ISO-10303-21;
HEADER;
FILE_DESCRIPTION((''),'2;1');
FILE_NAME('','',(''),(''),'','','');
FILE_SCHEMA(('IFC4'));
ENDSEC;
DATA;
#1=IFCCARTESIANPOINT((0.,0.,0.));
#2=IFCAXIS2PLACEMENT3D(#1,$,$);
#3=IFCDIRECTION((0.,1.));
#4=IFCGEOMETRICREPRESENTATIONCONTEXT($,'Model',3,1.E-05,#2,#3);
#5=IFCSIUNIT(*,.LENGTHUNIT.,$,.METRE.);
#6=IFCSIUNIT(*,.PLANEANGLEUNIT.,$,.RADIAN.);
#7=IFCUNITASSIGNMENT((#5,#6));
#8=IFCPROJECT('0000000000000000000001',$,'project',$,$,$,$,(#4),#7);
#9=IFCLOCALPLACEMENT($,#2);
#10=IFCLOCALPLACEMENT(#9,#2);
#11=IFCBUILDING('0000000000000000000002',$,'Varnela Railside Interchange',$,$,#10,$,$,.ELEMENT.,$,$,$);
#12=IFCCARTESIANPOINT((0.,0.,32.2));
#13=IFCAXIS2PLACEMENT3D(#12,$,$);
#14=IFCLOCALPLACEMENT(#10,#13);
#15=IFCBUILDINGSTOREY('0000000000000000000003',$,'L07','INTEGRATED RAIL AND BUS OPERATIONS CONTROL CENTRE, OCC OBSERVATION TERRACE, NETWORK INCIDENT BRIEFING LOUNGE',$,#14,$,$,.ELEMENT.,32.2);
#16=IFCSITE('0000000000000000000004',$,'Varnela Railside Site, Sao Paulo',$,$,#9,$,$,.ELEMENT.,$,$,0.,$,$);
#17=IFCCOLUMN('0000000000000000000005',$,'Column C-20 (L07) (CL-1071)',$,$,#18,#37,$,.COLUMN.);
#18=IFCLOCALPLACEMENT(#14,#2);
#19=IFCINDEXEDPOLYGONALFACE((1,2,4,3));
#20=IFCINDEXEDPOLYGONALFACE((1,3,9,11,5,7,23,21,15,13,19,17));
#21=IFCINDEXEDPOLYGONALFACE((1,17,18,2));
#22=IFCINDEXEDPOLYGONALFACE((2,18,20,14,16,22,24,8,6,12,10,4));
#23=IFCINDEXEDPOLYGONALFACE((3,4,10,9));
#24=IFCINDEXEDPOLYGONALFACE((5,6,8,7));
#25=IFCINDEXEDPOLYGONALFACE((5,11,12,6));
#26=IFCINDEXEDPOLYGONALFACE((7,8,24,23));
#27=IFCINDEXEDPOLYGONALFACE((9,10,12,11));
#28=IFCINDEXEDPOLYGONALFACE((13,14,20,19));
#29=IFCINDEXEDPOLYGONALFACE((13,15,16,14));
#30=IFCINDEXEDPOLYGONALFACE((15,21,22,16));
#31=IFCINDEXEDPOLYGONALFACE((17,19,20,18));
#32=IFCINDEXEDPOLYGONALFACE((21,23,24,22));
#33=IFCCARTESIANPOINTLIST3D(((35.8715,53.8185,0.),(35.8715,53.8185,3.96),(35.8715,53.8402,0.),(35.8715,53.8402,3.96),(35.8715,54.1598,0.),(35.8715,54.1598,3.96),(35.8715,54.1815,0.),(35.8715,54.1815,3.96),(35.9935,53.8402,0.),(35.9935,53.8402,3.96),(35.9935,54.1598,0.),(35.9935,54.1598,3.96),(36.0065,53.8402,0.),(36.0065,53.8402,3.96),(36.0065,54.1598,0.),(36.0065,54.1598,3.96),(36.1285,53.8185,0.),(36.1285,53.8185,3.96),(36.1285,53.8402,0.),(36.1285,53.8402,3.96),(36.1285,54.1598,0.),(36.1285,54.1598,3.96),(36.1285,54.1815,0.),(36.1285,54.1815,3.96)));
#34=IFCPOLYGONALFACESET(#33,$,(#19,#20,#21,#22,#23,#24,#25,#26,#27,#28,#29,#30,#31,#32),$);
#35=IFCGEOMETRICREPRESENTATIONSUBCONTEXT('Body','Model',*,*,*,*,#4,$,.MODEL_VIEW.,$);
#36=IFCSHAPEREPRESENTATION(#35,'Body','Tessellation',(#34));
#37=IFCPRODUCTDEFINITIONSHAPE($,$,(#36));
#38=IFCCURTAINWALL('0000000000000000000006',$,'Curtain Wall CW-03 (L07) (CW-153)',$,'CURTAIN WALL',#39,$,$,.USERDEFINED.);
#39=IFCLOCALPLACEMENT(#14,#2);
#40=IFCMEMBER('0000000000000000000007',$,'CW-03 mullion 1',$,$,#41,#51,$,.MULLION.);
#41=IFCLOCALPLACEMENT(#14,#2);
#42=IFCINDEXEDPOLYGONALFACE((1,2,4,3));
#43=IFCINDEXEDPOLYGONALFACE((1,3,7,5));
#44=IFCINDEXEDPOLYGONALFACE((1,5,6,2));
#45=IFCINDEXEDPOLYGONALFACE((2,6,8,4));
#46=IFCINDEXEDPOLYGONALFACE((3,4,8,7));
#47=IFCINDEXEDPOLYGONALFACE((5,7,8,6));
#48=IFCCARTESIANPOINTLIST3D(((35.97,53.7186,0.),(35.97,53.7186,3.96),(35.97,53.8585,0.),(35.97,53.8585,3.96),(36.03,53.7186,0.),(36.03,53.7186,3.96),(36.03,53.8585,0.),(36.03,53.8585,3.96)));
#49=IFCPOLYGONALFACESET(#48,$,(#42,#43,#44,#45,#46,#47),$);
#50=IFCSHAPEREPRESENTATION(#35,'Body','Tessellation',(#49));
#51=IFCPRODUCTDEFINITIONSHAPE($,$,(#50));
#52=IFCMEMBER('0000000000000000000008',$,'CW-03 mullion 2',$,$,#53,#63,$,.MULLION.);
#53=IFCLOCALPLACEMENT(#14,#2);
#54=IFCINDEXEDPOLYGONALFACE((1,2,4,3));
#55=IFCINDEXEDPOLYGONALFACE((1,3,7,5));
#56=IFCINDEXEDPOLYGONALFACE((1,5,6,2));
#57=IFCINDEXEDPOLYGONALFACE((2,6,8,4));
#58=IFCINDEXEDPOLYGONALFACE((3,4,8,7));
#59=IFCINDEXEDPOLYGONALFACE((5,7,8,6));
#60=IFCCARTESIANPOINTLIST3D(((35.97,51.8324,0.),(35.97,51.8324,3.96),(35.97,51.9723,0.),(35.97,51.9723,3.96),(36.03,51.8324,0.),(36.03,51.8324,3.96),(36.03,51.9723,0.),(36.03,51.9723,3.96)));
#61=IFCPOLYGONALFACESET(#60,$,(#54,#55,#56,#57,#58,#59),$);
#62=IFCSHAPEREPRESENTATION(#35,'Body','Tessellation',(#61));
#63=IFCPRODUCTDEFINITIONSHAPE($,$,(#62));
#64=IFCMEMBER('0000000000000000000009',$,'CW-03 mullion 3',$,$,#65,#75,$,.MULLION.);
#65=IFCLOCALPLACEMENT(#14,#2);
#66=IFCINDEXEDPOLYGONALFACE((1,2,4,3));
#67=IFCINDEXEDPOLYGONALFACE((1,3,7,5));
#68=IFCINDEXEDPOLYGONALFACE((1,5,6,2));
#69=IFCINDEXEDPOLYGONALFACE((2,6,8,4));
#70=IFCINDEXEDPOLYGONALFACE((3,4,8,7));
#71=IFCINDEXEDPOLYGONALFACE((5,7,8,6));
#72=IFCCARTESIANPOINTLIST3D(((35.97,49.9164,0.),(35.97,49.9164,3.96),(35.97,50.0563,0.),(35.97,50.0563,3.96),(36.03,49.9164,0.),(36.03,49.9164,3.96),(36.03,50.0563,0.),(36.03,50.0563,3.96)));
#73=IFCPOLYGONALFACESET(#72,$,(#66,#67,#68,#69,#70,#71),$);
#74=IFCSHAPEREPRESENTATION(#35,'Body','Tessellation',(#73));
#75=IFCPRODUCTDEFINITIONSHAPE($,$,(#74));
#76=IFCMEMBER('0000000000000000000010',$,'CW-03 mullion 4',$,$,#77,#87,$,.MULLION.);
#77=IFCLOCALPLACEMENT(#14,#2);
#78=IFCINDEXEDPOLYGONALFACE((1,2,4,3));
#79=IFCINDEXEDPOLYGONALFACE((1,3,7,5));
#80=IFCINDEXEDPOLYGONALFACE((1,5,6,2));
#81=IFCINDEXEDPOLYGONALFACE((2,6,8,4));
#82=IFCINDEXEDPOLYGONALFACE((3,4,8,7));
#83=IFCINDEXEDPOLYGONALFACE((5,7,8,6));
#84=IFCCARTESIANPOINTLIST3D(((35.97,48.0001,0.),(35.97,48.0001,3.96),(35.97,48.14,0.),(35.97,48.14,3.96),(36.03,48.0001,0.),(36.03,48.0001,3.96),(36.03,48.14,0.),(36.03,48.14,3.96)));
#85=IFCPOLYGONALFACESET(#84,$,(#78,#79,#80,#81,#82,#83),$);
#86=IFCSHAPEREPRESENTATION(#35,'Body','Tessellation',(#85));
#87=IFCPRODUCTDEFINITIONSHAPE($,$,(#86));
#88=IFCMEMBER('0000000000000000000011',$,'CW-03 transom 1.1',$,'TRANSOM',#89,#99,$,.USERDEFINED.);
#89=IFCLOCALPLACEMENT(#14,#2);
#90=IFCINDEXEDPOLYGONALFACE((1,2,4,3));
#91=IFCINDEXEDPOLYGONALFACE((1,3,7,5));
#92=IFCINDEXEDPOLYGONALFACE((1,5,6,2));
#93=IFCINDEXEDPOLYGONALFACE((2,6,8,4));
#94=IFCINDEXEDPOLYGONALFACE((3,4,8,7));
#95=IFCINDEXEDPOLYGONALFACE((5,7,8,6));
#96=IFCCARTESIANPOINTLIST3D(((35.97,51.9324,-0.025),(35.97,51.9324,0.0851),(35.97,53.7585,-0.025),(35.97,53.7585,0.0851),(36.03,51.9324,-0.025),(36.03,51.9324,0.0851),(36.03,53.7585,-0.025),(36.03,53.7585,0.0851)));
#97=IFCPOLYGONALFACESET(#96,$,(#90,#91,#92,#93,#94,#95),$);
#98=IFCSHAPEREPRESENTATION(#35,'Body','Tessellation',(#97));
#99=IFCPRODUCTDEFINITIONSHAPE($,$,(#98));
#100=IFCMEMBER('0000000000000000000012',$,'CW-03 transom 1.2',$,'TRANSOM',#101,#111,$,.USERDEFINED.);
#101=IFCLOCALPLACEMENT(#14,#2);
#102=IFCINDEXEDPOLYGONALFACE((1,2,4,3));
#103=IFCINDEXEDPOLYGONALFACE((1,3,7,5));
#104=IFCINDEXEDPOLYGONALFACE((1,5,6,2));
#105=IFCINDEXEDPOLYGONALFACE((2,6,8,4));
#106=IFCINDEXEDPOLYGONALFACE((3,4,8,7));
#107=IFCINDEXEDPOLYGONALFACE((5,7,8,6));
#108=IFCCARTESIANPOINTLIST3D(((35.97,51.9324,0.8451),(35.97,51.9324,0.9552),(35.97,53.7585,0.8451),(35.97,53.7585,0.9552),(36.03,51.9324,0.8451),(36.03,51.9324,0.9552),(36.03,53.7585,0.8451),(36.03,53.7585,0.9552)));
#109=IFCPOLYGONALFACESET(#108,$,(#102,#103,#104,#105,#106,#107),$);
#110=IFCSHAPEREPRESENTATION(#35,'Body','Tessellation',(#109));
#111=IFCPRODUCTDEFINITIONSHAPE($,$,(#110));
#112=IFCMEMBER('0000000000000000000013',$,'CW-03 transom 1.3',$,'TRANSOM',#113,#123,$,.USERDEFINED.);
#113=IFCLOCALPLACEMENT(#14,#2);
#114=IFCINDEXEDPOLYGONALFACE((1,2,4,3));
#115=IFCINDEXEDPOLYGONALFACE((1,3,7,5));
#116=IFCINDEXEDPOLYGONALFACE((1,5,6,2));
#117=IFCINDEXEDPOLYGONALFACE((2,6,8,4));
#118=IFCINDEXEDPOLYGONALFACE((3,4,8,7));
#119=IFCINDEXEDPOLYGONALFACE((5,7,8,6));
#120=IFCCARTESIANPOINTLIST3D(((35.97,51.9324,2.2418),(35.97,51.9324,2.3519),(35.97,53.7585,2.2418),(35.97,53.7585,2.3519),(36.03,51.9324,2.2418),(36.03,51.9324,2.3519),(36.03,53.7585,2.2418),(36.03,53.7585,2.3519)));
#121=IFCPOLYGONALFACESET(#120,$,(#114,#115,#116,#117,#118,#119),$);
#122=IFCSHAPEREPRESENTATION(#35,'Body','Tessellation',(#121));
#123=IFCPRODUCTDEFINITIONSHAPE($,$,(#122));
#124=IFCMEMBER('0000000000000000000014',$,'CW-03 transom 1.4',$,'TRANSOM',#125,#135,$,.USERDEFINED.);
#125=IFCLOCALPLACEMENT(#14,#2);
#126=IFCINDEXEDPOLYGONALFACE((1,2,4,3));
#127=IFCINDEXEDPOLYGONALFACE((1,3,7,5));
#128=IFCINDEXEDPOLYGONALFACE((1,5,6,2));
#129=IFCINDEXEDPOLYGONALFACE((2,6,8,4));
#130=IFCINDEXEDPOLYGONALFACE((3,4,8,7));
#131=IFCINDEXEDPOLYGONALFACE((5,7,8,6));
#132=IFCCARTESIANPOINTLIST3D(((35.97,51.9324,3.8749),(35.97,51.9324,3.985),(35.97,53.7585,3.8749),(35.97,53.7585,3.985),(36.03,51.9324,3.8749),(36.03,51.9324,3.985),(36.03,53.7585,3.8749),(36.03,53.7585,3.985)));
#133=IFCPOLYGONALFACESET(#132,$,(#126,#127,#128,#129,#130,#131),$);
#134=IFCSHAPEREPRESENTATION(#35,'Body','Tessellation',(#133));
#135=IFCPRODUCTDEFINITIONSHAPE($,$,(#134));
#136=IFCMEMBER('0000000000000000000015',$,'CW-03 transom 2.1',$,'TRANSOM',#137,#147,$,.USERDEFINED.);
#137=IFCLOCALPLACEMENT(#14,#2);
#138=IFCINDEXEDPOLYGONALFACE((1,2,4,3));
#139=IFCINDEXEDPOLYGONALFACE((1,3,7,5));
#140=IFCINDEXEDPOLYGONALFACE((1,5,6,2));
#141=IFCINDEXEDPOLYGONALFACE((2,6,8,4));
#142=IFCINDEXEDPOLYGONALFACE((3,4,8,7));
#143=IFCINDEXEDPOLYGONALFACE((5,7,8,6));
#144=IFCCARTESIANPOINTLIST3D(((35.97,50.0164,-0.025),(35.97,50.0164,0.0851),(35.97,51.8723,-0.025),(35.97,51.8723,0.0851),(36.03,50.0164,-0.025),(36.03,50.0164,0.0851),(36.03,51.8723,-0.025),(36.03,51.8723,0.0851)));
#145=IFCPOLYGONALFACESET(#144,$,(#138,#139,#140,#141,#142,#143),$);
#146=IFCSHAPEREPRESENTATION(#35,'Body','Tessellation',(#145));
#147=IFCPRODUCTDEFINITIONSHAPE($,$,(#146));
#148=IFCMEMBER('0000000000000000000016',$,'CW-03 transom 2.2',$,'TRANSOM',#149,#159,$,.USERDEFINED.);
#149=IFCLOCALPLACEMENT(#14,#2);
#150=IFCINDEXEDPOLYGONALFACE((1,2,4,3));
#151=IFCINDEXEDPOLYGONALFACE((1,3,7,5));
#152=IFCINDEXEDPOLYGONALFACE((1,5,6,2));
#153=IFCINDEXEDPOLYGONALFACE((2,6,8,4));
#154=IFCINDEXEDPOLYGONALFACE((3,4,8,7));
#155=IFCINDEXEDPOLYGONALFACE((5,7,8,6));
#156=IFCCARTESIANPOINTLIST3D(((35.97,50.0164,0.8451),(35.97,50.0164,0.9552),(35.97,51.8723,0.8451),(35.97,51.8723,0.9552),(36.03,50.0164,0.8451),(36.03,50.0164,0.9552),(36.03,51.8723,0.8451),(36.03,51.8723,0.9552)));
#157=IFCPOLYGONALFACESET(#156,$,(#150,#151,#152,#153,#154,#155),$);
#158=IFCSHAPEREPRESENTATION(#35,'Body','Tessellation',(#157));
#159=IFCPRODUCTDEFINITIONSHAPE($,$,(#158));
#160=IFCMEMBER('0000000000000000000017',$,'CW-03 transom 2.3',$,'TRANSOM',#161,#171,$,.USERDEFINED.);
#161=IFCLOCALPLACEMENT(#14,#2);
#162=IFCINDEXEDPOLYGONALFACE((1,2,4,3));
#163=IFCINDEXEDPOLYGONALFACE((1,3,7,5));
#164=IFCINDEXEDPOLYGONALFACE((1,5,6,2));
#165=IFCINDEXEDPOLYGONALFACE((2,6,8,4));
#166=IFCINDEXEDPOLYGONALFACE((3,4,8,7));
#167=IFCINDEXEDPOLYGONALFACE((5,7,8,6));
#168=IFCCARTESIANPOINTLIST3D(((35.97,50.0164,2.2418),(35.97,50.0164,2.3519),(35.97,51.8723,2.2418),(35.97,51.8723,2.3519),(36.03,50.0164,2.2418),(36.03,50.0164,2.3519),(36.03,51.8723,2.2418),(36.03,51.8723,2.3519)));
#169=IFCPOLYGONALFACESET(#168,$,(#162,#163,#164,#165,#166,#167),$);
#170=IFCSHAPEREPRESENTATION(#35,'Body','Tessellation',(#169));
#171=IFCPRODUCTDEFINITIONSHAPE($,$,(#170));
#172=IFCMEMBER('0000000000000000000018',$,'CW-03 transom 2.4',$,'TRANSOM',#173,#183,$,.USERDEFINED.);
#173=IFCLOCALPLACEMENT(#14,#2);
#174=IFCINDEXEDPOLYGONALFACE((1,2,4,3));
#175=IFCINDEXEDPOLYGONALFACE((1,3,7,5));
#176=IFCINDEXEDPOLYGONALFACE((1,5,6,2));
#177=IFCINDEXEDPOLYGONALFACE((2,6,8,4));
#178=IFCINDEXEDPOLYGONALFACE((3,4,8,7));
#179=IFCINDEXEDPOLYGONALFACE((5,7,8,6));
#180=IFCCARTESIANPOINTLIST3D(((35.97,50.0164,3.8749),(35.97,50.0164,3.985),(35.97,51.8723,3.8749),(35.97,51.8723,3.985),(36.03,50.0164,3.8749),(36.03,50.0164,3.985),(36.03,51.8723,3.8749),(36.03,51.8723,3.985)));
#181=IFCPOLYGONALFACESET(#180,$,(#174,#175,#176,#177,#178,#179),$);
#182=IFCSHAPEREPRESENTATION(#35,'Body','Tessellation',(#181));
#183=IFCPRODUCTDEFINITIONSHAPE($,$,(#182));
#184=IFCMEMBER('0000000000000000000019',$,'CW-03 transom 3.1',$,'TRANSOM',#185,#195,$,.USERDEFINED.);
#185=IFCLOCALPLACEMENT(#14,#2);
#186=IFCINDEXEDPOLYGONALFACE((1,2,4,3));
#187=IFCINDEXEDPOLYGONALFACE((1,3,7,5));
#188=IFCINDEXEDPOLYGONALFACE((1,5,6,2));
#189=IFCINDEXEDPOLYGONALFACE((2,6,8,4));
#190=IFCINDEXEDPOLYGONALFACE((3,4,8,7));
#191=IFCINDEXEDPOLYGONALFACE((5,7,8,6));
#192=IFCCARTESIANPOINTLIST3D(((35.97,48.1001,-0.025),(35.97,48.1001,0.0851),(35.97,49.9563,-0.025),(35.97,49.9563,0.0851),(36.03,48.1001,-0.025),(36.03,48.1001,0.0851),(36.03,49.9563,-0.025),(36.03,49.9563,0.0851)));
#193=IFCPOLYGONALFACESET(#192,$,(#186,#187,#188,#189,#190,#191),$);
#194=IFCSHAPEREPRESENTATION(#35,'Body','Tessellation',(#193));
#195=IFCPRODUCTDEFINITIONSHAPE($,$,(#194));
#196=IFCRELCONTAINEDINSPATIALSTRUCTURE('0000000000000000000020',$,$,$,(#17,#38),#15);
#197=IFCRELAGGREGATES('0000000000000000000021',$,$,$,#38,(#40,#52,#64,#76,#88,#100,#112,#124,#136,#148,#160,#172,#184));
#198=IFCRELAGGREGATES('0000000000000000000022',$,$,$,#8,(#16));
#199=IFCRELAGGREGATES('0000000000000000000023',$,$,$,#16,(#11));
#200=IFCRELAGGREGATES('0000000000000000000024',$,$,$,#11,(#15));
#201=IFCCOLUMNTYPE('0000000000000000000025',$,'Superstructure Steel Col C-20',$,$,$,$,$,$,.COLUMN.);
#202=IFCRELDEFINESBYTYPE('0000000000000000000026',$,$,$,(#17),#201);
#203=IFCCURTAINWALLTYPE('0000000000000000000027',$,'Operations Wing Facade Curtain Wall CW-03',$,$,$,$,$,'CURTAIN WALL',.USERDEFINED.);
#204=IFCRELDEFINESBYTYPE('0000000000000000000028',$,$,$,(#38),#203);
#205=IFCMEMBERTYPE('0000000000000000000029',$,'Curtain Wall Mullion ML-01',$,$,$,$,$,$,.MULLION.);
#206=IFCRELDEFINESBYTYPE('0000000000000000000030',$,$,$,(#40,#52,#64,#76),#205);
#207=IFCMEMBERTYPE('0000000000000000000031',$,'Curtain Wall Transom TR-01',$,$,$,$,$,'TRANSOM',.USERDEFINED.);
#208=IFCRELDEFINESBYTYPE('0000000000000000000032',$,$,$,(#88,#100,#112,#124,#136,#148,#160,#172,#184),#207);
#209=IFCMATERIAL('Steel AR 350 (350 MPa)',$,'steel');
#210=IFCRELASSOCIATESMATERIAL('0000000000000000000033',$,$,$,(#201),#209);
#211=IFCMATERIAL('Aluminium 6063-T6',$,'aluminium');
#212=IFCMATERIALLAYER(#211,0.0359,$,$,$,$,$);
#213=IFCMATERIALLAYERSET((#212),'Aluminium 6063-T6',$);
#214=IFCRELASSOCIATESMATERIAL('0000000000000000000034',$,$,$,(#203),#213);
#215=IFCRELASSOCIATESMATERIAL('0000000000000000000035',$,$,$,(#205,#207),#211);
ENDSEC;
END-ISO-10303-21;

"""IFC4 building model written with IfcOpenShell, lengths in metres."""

from ifc_helpers import new_model, si_unit, direction, frame, origin, origin_2d, place, context, subcontext, project, spatial, rectangle, i_section, extrude, material, layer, layer_set, material_profile, profile_set, type_object, element, aggregate, save


model = new_model("IFC4")

# Units and contexts
model_context = context("Model", 3, precision=1e-05, world=origin(), true_north=direction((0.0, 1.0)))
body_context = subcontext(model_context, "Body", "Model", "MODEL_VIEW")
ifc_project = project(units=[si_unit("LENGTHUNIT", "METRE"), si_unit("PLANEANGLEUNIT", "RADIAN")], contexts=[model_context])

# Site, building, storey
site_placement = place(None, origin())
site = spatial("IfcSite", under=ifc_project, at=site_placement, Name="Varnela Railside Site, Sao Paulo", CompositionType="ELEMENT", RefElevation=0.0)
building_placement = place(site_placement, origin())
building = spatial("IfcBuilding", under=site, at=building_placement, Name="Varnela Railside Interchange", CompositionType="ELEMENT")
storey_placement = place(building_placement, frame((0.0, 0.0, 32.2)))
storey = spatial("IfcBuildingStorey", under=building, at=storey_placement, Name="L07", Description="INTEGRATED RAIL AND BUS OPERATIONS CONTROL CENTRE, OCC OBSERVATION TERRACE, NETWORK INCIDENT BRIEFING LOUNGE", CompositionType="ELEMENT", Elevation=32.2)

# Column
ifc_material_1 = material(Name="Steel AR 350 (350 MPa)", Category="steel")
ifc_material_profile_1 = material_profile(ifc_material_1, i_section(OverallWidth=0.2571, OverallDepth=0.363, WebThickness=0.0129, FlangeThickness=0.0217, at=origin_2d()), Name="W360x122")
ifc_profile_set_1 = profile_set([ifc_material_profile_1], Name="Steel AR 350 (350 MPa)")
column_type = type_object("IfcColumnType", Name="Superstructure Steel Col C-20", PredefinedType="COLUMN", material=ifc_profile_set_1)
column_placement = place(storey_placement, frame((36.0, 54.0, 0.0), z_axis=(0.0, 0.0, 1.0), x_axis=(1.0, 0.0, 0.0)))
element("IfcColumn", 1, at=column_placement, inside=storey, type_object=column_type, Name="Column C-20 (L07) (CL-1071)", PredefinedType="COLUMN", context=body_context, shape_type="SweptSolid", body=[
    extrude(i_section(OverallWidth=0.2571, OverallDepth=0.363, WebThickness=0.0129, FlangeThickness=0.0217, at=origin_2d()), origin(), (0.0, 0.0, 1.0), 3.96),
])

# Curtain wall, members
ifc_material_2 = material(Name="Aluminium 6063-T6", Category="aluminium")
ifc_layer_1 = layer(ifc_material_2, 0.0359)
ifc_layer_set_1 = layer_set([ifc_layer_1], Name="Aluminium 6063-T6")
curtain_wall_type = type_object("IfcCurtainWallType", Name="Operations Wing Facade Curtain Wall CW-03", ElementType="CURTAIN WALL", PredefinedType="USERDEFINED", material=ifc_layer_set_1)
curtain_wall_placement = place(storey_placement, origin())
curtain_wall = element("IfcCurtainWall", 2, at=curtain_wall_placement, inside=storey, type_object=curtain_wall_type, Name="Curtain Wall CW-03 (L07) (CW-153)", ObjectType="CURTAIN WALL", PredefinedType="USERDEFINED")
ifc_material_profile_2 = material_profile(ifc_material_2, rectangle(XDim=0.0601, YDim=0.1399, at=origin_2d()), Name="ALU 60x140")
ifc_profile_set_2 = profile_set([ifc_material_profile_2], Name="Aluminium 6063-T6")
member_type_1 = type_object("IfcMemberType", Name="Curtain Wall Mullion ML-01", PredefinedType="MULLION", material=ifc_profile_set_2)
member_1_placement = place(storey_placement, frame((36.0, 53.7886, 0.0), z_axis=(0.0, 0.0, 1.0), x_axis=(1.0, 0.0, 0.0)))
member_1 = element("IfcMember", 3, at=member_1_placement, type_object=member_type_1, Name="CW-03 mullion 1", PredefinedType="MULLION", context=body_context, shape_type="SweptSolid", body=[
    extrude(rectangle(XDim=0.0601, YDim=0.1399, at=origin_2d()), origin(), (0.0, 0.0, 1.0), 3.96),
])
member_2_placement = place(storey_placement, frame((36.0, 51.9023, 0.0), z_axis=(0.0, 0.0, 1.0), x_axis=(1.0, 0.0, 0.0)))
member_2 = element("IfcMember", 4, at=member_2_placement, type_object=member_type_1, Name="CW-03 mullion 2", PredefinedType="MULLION", context=body_context, shape_type="SweptSolid", body=[
    extrude(rectangle(XDim=0.0601, YDim=0.1399, at=origin_2d()), origin(), (0.0, 0.0, 1.0), 3.96),
])
member_3_placement = place(storey_placement, frame((36.0, 49.9863, 0.0), z_axis=(0.0, 0.0, 1.0), x_axis=(1.0, 0.0, 0.0)))
member_3 = element("IfcMember", 5, at=member_3_placement, type_object=member_type_1, Name="CW-03 mullion 3", PredefinedType="MULLION", context=body_context, shape_type="SweptSolid", body=[
    extrude(rectangle(XDim=0.0601, YDim=0.1399, at=origin_2d()), origin(), (0.0, 0.0, 1.0), 3.96),
])
member_4_placement = place(storey_placement, frame((36.0, 48.0701, 0.0), z_axis=(0.0, 0.0, 1.0), x_axis=(1.0, 0.0, 0.0)))
member_4 = element("IfcMember", 6, at=member_4_placement, type_object=member_type_1, Name="CW-03 mullion 4", PredefinedType="MULLION", context=body_context, shape_type="SweptSolid", body=[
    extrude(rectangle(XDim=0.0601, YDim=0.1399, at=origin_2d()), origin(), (0.0, 0.0, 1.0), 3.96),
])
ifc_material_profile_3 = material_profile(ifc_material_2, rectangle(XDim=0.0601, YDim=0.1101, at=origin_2d()), Name="ALU 60x110")
ifc_profile_set_3 = profile_set([ifc_material_profile_3], Name="Aluminium 6063-T6")
member_type_2 = type_object("IfcMemberType", Name="Curtain Wall Transom TR-01", ElementType="TRANSOM", PredefinedType="USERDEFINED", material=ifc_profile_set_3)
member_5_placement = place(storey_placement, frame((36.0, 53.7585, 0.03), z_axis=(0.0, -1.0, 0.0), x_axis=(1.0, 0.0, 0.0)))
member_5 = element("IfcMember", 7, at=member_5_placement, type_object=member_type_2, Name="CW-03 transom 1.1", ObjectType="TRANSOM", PredefinedType="USERDEFINED", context=body_context, shape_type="SweptSolid", body=[
    extrude(rectangle(XDim=0.0601, YDim=0.1101, at=origin_2d()), origin(), (0.0, 0.0, 1.0), 1.8262),
])
member_6_placement = place(storey_placement, frame((36.0, 53.7585, 0.9001), z_axis=(0.0, -1.0, 0.0), x_axis=(1.0, 0.0, 0.0)))
member_6 = element("IfcMember", 8, at=member_6_placement, type_object=member_type_2, Name="CW-03 transom 1.2", ObjectType="TRANSOM", PredefinedType="USERDEFINED", context=body_context, shape_type="SweptSolid", body=[
    extrude(rectangle(XDim=0.0601, YDim=0.1101, at=origin_2d()), origin(), (0.0, 0.0, 1.0), 1.8262),
])
member_7_placement = place(storey_placement, frame((36.0, 53.7585, 2.2969), z_axis=(0.0, -1.0, 0.0), x_axis=(1.0, 0.0, 0.0)))
member_7 = element("IfcMember", 9, at=member_7_placement, type_object=member_type_2, Name="CW-03 transom 1.3", ObjectType="TRANSOM", PredefinedType="USERDEFINED", context=body_context, shape_type="SweptSolid", body=[
    extrude(rectangle(XDim=0.0601, YDim=0.1101, at=origin_2d()), origin(), (0.0, 0.0, 1.0), 1.8262),
])
member_8_placement = place(storey_placement, frame((36.0, 53.7585, 3.9299), z_axis=(0.0, -1.0, 0.0), x_axis=(1.0, 0.0, 0.0)))
member_8 = element("IfcMember", 10, at=member_8_placement, type_object=member_type_2, Name="CW-03 transom 1.4", ObjectType="TRANSOM", PredefinedType="USERDEFINED", context=body_context, shape_type="SweptSolid", body=[
    extrude(rectangle(XDim=0.0601, YDim=0.1101, at=origin_2d()), origin(), (0.0, 0.0, 1.0), 1.8262),
])
member_9_placement = place(storey_placement, frame((36.0, 51.8723, 0.03), z_axis=(0.0, -1.0, 0.0), x_axis=(1.0, 0.0, 0.0)))
member_9 = element("IfcMember", 11, at=member_9_placement, type_object=member_type_2, Name="CW-03 transom 2.1", ObjectType="TRANSOM", PredefinedType="USERDEFINED", context=body_context, shape_type="SweptSolid", body=[
    extrude(rectangle(XDim=0.0601, YDim=0.1101, at=origin_2d()), origin(), (0.0, 0.0, 1.0), 1.856),
])
member_10_placement = place(storey_placement, frame((36.0, 51.8723, 0.9001), z_axis=(0.0, -1.0, 0.0), x_axis=(1.0, 0.0, 0.0)))
member_10 = element("IfcMember", 12, at=member_10_placement, type_object=member_type_2, Name="CW-03 transom 2.2", ObjectType="TRANSOM", PredefinedType="USERDEFINED", context=body_context, shape_type="SweptSolid", body=[
    extrude(rectangle(XDim=0.0601, YDim=0.1101, at=origin_2d()), origin(), (0.0, 0.0, 1.0), 1.856),
])
member_11_placement = place(storey_placement, frame((36.0, 51.8723, 2.2969), z_axis=(0.0, -1.0, 0.0), x_axis=(1.0, 0.0, 0.0)))
member_11 = element("IfcMember", 13, at=member_11_placement, type_object=member_type_2, Name="CW-03 transom 2.3", ObjectType="TRANSOM", PredefinedType="USERDEFINED", context=body_context, shape_type="SweptSolid", body=[
    extrude(rectangle(XDim=0.0601, YDim=0.1101, at=origin_2d()), origin(), (0.0, 0.0, 1.0), 1.856),
])
member_12_placement = place(storey_placement, frame((36.0, 51.8723, 3.9299), z_axis=(0.0, -1.0, 0.0), x_axis=(1.0, 0.0, 0.0)))
member_12 = element("IfcMember", 14, at=member_12_placement, type_object=member_type_2, Name="CW-03 transom 2.4", ObjectType="TRANSOM", PredefinedType="USERDEFINED", context=body_context, shape_type="SweptSolid", body=[
    extrude(rectangle(XDim=0.0601, YDim=0.1101, at=origin_2d()), origin(), (0.0, 0.0, 1.0), 1.856),
])
member_13_placement = place(storey_placement, frame((36.0, 49.9563, 0.03), z_axis=(0.0, -1.0, 0.0), x_axis=(1.0, 0.0, 0.0)))
member_13 = element("IfcMember", 15, at=member_13_placement, type_object=member_type_2, Name="CW-03 transom 3.1", ObjectType="TRANSOM", PredefinedType="USERDEFINED", context=body_context, shape_type="SweptSolid", body=[
    extrude(rectangle(XDim=0.0601, YDim=0.1101, at=origin_2d()), origin(), (0.0, 0.0, 1.0), 1.8562),
])
aggregate(curtain_wall, [member_1, member_2, member_3, member_4, member_5, member_6, member_7, member_8, member_9, member_10, member_11, member_12, member_13])

save(model, "model.ifc")
